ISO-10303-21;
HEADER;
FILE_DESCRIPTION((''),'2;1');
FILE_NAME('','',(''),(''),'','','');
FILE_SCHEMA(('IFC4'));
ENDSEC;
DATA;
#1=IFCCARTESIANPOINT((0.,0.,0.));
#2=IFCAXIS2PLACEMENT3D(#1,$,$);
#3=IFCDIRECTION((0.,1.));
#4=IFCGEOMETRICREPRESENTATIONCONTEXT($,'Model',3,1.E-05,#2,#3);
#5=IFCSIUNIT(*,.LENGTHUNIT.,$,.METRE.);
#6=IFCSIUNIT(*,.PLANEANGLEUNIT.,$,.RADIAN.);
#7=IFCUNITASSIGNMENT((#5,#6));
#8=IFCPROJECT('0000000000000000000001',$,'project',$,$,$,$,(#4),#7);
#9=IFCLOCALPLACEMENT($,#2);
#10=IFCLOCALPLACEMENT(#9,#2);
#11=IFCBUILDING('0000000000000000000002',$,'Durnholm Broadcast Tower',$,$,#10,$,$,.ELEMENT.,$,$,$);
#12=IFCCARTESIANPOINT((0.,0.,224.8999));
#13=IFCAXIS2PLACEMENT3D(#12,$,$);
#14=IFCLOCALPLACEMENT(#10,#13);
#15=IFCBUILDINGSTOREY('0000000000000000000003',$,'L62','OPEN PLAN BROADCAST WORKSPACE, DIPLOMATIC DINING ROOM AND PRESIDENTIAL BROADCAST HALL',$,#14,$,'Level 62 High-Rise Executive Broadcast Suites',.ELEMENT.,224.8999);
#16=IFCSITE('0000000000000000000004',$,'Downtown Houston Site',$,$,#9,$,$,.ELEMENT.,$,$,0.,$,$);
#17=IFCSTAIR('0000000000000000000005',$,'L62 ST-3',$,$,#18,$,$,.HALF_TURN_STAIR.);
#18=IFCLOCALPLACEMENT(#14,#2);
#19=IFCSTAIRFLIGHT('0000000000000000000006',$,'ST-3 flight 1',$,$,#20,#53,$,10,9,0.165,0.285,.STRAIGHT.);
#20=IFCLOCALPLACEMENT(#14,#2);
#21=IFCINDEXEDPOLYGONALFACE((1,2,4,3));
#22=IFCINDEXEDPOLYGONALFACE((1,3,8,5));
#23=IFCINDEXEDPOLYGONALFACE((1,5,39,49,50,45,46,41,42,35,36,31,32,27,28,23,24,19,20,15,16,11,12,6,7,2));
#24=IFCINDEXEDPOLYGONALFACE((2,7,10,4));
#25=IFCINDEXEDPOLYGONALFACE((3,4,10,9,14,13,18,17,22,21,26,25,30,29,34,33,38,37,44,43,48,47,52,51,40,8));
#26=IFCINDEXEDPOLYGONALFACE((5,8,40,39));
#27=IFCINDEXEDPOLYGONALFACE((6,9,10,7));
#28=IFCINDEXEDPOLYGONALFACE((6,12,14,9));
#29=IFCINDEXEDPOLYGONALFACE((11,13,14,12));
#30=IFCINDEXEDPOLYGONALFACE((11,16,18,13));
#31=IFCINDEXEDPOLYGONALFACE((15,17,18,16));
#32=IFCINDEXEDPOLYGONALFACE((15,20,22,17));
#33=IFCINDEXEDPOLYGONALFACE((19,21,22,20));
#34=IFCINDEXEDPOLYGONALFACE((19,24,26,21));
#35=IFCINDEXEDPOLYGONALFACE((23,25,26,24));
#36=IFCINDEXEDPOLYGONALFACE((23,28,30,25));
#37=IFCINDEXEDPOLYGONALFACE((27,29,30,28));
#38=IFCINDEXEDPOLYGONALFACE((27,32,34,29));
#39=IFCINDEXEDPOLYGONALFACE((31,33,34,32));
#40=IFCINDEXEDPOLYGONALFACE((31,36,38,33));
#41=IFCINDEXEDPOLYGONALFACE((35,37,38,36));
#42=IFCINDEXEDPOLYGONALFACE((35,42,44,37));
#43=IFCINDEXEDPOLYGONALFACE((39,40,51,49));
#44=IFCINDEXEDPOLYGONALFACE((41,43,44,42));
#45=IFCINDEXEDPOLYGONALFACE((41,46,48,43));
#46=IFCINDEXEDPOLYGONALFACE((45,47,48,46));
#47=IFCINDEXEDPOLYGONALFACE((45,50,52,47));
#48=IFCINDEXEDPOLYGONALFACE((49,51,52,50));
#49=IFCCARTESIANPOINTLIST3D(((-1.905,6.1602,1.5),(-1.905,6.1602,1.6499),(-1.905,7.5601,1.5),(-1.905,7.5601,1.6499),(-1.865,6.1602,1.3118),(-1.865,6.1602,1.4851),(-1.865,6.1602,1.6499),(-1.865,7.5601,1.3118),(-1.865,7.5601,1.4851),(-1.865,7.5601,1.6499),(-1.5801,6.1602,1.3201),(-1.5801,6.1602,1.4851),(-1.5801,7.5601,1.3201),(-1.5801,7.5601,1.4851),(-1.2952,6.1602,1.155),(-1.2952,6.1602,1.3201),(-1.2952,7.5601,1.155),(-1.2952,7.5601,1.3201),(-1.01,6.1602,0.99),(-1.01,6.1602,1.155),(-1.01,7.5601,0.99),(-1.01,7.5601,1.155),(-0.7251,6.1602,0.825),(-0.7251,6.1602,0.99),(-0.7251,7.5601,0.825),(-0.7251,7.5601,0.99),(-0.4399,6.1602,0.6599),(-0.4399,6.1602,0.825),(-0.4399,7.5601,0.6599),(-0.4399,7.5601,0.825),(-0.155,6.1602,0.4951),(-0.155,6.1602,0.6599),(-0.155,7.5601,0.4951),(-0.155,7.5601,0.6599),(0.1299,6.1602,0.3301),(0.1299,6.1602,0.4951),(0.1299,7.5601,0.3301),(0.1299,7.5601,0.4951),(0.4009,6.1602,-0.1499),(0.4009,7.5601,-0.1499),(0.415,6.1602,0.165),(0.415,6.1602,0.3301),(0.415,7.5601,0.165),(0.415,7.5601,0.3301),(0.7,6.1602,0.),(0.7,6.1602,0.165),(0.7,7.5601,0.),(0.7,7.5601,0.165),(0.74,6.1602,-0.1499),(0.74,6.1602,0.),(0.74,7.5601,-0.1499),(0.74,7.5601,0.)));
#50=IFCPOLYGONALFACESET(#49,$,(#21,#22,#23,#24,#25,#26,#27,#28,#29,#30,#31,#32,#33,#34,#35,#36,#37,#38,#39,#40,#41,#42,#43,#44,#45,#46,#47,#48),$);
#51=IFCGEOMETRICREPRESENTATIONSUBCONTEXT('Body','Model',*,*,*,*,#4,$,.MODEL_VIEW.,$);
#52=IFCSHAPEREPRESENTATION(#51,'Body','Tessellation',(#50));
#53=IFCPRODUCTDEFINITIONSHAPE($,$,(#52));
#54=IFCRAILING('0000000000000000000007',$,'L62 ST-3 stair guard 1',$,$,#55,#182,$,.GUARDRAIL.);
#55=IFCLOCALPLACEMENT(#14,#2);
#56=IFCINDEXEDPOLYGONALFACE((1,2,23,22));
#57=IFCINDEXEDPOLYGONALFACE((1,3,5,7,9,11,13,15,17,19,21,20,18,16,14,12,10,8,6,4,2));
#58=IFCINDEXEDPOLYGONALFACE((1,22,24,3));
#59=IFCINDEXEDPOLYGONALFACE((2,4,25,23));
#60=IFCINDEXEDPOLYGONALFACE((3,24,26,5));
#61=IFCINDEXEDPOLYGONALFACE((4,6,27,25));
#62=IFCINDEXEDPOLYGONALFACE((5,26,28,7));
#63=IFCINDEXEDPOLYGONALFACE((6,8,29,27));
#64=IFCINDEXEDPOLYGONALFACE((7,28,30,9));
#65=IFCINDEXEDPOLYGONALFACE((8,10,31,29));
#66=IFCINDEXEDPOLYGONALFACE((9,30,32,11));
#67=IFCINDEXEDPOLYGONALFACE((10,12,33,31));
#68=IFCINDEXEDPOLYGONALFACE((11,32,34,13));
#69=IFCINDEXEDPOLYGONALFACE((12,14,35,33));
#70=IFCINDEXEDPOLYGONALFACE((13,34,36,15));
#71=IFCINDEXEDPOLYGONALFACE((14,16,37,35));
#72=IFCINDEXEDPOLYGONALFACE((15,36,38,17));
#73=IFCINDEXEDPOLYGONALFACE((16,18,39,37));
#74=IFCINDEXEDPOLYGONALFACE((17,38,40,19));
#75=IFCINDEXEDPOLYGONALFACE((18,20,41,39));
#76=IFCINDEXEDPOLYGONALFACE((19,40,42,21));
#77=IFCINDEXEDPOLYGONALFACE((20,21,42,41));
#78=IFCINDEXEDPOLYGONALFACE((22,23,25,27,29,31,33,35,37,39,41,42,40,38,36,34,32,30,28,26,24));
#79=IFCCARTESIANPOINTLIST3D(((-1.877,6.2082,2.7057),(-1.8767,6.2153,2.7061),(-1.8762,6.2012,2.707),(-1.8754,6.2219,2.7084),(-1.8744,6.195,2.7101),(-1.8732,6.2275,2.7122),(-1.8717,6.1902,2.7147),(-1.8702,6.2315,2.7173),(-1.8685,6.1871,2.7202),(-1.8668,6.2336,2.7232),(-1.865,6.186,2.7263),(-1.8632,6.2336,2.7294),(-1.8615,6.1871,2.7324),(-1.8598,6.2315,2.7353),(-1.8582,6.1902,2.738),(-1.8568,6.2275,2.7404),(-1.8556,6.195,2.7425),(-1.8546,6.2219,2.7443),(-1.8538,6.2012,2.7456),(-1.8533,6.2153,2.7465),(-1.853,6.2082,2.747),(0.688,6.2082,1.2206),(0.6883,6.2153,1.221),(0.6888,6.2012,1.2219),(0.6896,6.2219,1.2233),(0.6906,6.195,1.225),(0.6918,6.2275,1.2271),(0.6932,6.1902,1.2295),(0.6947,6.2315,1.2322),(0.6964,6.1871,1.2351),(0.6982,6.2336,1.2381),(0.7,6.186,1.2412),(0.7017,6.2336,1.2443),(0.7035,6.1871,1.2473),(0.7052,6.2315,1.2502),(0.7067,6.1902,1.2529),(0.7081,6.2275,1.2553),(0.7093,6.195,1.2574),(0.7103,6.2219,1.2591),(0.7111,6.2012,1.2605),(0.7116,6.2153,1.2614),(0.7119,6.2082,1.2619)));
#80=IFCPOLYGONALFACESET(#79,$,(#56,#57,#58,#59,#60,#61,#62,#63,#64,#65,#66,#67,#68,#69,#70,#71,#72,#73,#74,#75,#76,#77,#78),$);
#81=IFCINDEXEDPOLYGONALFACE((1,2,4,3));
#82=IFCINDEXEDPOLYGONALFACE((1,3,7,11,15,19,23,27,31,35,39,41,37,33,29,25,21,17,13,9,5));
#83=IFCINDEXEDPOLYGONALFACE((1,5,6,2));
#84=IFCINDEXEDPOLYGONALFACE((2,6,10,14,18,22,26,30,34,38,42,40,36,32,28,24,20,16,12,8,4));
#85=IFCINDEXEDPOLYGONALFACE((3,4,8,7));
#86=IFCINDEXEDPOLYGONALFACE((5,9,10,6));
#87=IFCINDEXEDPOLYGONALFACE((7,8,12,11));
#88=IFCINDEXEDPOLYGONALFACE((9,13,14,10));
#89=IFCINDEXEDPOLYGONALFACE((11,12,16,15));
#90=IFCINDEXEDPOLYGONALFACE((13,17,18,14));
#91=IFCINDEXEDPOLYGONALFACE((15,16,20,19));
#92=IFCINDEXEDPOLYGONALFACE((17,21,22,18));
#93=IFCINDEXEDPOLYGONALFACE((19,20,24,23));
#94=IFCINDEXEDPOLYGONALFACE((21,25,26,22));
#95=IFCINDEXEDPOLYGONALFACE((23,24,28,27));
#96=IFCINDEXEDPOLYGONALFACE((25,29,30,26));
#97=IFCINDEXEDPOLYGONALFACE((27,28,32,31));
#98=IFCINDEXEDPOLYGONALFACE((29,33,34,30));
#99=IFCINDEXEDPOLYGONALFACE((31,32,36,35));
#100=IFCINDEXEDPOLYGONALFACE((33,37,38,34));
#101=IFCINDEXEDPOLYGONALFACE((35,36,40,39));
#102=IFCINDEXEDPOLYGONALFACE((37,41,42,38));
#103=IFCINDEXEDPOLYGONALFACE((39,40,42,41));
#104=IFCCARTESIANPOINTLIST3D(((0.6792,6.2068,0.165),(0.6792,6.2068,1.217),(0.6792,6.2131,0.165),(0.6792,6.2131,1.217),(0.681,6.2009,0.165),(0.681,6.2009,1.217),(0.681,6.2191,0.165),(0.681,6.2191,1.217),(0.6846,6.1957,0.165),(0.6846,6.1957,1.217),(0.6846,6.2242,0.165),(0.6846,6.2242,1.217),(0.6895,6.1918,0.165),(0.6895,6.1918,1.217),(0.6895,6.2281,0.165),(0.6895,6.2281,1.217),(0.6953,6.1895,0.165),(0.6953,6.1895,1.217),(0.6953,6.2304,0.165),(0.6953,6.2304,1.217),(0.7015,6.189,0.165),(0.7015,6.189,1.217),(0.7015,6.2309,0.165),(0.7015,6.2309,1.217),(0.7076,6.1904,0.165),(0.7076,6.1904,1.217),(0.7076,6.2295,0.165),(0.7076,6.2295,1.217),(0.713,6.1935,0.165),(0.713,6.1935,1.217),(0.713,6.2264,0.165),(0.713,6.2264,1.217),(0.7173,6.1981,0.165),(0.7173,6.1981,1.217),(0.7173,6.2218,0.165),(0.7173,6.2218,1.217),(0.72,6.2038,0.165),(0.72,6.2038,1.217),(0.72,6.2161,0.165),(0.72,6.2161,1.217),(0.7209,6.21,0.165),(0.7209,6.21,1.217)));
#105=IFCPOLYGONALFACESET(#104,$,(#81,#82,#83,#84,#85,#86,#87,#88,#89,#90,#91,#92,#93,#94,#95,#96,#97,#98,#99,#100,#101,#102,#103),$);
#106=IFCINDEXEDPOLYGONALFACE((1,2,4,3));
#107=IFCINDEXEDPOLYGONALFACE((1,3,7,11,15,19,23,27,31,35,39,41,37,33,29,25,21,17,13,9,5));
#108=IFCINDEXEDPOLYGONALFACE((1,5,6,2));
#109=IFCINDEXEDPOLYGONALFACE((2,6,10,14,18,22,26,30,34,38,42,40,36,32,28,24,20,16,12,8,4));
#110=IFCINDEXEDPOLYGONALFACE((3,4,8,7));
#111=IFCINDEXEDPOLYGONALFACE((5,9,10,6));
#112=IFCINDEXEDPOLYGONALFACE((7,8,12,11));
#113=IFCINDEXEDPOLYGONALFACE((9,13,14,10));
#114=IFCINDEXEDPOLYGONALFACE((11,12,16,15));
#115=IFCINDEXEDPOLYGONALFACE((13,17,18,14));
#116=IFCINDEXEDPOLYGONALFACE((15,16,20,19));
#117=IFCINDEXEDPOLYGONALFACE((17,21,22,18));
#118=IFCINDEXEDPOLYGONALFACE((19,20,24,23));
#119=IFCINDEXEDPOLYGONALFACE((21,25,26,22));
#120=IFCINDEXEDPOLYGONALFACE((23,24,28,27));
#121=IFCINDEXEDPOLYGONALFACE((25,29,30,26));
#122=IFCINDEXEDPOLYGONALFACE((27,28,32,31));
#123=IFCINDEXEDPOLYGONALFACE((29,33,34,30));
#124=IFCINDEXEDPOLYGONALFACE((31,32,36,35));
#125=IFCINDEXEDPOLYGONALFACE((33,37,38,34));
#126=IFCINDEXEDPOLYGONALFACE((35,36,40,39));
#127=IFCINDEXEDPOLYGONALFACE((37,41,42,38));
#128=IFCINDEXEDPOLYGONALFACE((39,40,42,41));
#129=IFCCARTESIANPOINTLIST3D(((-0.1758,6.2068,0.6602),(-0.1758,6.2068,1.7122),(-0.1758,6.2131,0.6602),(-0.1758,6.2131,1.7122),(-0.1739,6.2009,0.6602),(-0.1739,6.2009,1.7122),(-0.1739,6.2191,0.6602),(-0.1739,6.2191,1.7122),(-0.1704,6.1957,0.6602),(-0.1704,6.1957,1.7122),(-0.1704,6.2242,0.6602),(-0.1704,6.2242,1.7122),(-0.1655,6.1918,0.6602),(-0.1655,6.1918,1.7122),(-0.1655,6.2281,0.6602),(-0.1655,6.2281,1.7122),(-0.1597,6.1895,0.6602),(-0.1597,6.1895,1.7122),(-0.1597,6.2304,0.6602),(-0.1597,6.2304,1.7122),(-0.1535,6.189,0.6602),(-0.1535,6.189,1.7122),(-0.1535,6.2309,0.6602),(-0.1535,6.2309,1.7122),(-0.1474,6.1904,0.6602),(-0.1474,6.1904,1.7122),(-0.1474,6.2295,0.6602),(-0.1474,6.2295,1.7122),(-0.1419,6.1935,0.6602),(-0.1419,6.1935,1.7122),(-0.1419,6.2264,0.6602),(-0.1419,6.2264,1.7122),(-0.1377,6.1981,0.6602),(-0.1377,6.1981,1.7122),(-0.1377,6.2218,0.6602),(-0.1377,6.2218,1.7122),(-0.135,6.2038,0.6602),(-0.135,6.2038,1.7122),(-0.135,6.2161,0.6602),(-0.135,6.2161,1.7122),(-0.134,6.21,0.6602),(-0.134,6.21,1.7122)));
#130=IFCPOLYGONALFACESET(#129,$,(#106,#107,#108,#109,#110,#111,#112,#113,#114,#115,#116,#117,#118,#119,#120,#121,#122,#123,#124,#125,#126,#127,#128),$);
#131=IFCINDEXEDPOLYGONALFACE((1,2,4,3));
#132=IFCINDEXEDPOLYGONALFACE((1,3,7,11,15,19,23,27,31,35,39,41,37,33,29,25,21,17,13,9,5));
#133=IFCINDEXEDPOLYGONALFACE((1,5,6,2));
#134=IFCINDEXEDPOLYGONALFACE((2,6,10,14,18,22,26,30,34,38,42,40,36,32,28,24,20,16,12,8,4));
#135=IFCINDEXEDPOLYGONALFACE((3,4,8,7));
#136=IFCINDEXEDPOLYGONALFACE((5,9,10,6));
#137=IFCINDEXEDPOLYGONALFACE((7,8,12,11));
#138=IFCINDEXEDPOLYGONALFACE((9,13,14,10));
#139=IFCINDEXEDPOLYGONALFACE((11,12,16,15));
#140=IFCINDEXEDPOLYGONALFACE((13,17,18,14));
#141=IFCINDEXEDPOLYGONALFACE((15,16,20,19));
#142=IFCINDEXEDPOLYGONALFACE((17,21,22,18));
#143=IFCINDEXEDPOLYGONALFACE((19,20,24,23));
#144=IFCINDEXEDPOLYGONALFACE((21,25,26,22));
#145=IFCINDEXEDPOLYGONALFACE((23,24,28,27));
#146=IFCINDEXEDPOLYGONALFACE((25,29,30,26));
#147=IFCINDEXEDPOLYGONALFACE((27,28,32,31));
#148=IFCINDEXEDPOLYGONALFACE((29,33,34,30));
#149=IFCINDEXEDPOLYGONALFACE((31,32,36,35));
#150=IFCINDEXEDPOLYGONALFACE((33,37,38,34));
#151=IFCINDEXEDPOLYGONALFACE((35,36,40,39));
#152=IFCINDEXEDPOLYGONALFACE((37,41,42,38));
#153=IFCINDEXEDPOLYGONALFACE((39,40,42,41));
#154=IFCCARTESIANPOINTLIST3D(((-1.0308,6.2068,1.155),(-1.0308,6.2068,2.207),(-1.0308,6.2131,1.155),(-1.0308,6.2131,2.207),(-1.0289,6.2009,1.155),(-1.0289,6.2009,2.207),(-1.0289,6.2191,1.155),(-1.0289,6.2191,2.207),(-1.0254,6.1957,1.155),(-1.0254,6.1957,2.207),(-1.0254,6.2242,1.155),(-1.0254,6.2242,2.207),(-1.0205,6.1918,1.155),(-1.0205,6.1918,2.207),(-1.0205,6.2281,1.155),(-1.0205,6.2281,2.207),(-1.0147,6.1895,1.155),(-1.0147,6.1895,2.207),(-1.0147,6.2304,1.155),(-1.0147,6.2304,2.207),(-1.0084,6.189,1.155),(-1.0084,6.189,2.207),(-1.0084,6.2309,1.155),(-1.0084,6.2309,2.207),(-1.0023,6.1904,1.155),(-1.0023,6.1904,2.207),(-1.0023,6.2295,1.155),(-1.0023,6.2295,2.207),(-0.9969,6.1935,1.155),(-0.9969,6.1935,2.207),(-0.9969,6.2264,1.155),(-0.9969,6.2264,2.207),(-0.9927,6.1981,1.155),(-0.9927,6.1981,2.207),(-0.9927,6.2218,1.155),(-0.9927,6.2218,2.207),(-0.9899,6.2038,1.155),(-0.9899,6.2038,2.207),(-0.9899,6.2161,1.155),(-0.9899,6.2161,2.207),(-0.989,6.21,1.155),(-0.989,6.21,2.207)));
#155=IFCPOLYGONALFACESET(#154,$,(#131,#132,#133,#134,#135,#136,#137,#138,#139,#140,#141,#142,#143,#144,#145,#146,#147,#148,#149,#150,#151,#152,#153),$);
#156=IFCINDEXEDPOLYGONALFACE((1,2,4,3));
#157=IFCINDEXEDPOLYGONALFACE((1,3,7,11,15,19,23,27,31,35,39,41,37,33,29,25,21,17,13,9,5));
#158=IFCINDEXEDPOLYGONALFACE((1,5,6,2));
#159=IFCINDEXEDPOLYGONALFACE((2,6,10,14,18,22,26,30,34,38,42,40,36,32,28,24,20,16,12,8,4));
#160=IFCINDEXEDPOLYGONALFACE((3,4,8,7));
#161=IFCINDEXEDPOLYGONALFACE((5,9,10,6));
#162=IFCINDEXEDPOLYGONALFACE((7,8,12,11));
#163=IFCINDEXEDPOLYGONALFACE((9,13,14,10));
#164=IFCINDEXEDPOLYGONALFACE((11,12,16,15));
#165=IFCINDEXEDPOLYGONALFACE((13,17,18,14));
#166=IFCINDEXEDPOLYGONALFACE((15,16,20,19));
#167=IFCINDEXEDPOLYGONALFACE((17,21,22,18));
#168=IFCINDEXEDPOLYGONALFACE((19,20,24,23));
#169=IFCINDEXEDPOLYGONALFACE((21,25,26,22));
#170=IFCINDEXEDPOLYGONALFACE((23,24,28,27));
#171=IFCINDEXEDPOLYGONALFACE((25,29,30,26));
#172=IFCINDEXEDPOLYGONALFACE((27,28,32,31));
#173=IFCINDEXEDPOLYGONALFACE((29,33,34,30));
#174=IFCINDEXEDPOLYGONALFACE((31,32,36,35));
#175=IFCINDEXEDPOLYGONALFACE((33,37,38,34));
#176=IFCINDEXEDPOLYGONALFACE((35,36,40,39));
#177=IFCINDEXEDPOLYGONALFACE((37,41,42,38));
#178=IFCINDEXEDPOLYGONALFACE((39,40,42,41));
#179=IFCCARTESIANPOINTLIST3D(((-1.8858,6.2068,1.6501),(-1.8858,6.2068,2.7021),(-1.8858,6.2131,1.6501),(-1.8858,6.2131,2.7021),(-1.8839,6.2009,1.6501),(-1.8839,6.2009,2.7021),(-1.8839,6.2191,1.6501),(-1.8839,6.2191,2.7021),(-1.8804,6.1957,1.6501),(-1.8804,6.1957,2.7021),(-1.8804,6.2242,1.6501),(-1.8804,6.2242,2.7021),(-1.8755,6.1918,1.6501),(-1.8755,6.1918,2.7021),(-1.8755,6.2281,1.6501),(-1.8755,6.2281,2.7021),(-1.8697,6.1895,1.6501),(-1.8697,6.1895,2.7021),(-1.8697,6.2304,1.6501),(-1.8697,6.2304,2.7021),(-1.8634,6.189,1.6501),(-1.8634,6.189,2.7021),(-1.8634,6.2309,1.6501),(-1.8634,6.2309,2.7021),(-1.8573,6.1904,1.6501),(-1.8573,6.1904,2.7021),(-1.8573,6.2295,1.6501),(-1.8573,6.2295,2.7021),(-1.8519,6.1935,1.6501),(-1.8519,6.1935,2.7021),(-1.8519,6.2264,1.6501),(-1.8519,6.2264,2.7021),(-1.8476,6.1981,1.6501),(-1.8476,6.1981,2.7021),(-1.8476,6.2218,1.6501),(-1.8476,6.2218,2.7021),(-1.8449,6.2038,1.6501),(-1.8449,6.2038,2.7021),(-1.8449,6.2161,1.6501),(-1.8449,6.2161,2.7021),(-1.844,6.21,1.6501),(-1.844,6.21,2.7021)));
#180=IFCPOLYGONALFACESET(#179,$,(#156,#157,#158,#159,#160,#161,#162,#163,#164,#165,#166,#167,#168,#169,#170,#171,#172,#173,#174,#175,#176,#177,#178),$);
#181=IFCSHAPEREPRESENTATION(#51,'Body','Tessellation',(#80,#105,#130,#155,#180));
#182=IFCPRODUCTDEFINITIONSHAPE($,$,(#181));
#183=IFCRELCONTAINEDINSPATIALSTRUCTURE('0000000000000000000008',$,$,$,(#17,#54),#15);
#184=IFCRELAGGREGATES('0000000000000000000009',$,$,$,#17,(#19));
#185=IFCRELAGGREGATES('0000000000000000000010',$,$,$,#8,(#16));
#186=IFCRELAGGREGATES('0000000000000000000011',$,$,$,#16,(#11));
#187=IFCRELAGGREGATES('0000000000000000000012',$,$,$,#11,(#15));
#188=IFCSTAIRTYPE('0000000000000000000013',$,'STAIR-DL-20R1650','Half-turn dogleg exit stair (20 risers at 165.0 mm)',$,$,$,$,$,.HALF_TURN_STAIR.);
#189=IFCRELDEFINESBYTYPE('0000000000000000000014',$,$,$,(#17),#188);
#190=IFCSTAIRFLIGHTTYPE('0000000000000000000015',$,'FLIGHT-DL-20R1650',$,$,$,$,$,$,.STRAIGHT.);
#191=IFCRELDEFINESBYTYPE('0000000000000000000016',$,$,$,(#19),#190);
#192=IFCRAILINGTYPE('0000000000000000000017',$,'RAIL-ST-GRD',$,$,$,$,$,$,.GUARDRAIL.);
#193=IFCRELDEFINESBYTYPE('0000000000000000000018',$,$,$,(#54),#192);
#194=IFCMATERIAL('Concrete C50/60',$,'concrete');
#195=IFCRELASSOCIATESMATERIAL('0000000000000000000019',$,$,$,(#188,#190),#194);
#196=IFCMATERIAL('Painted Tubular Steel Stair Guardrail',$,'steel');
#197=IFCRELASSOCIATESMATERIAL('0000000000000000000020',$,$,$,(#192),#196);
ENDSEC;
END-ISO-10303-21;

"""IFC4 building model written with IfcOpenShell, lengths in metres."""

from ifc_helpers import new_model, si_unit, direction, frame, origin, origin_2d, place, context, subcontext, project, spatial, polyline, circle, outline, extrude, material, type_object, element, aggregate, save


model = new_model("IFC4")

# Units and contexts
model_context = context("Model", 3, precision=1e-05, world=origin(), true_north=direction((0.0, 1.0)))
body_context = subcontext(model_context, "Body", "Model", "MODEL_VIEW")
ifc_project = project(units=[si_unit("LENGTHUNIT", "METRE"), si_unit("PLANEANGLEUNIT", "RADIAN")], contexts=[model_context])

# Site, building, storey
site_placement = place(None, origin())
site = spatial("IfcSite", under=ifc_project, at=site_placement, Name="Downtown Houston Site", CompositionType="ELEMENT", RefElevation=0.0)
building_placement = place(site_placement, origin())
building = spatial("IfcBuilding", under=site, at=building_placement, Name="Durnholm Broadcast Tower", CompositionType="ELEMENT")
storey_placement = place(building_placement, frame((0.0, 0.0, 224.8999)))
storey = spatial("IfcBuildingStorey", under=building, at=storey_placement, Name="L62", Description="OPEN PLAN BROADCAST WORKSPACE, DIPLOMATIC DINING ROOM AND PRESIDENTIAL BROADCAST HALL", LongName="Level 62 High-Rise Executive Broadcast Suites", CompositionType="ELEMENT", Elevation=224.8999)

# Stair
ifc_material_1 = material(Name="Concrete C50/60", Category="concrete")
stair_type = type_object("IfcStairType", Name="STAIR-DL-20R1650", Description="Half-turn dogleg exit stair (20 risers at 165.0 mm)", PredefinedType="HALF_TURN_STAIR", material=ifc_material_1)
stair_placement = place(storey_placement, origin())
stair = element("IfcStair", 1, at=stair_placement, inside=storey, type_object=stair_type, Name="L62 ST-3", PredefinedType="HALF_TURN_STAIR")

# Stair flight
stair_flight_type = type_object("IfcStairFlightType", Name="FLIGHT-DL-20R1650", PredefinedType="STRAIGHT", material=ifc_material_1)
stair_flight_placement = place(storey_placement, frame((0.7, 6.8601, 0.0), z_axis=(0.0, 0.0, 1.0), x_axis=(-1.0, 0.0, 0.0)))
stair_flight = element("IfcStairFlight", 2, at=stair_flight_placement, type_object=stair_flight_type, Name="ST-3 flight 1", NumberOfRisers=10, NumberOfTreads=9, PredefinedType="STRAIGHT", RiserHeight=0.165, TreadLength=0.285, context=body_context, shape_type="SweptSolid", body=[
    extrude(outline(polyline([(-0.04, -0.1499), (-0.04, 0.0), (0.0, 0.0), (0.0, 0.165), (0.2849, 0.165), (0.2849, 0.3301), (0.5701, 0.3301), (0.5701, 0.4951), (0.855, 0.4951), (0.855, 0.6599), (1.1399, 0.6599), (1.1399, 0.825), (1.425, 0.825), (1.425, 0.99), (1.71, 0.99), (1.71, 1.155), (1.9951, 1.155), (1.9951, 1.3201), (2.28, 1.3201), (2.28, 1.4851), (2.5649, 1.4851), (2.5649, 1.6499), (2.605, 1.6499), (2.605, 1.5), (2.5649, 1.3118), (0.2991, -0.1499), (-0.04, -0.1499)])), frame((0.0, 0.7, 0.0), z_axis=(0.0, -1.0, 0.0), x_axis=(1.0, 0.0, 0.0)), (0.0, 0.0, 1.0), 1.3999),
])
aggregate(stair, [stair_flight])

# Railing
ifc_material_2 = material(Name="Painted Tubular Steel Stair Guardrail", Category="steel")
railing_type_1 = type_object("IfcRailingType", Name="RAIL-ST-GRD", PredefinedType="GUARDRAIL", material=ifc_material_2)
railing_1_placement = place(storey_placement, frame((0.7, 6.21, 0.165)))
element("IfcRailing", 3, at=railing_1_placement, inside=storey, type_object=railing_type_1, Name="L62 ST-3 stair guard 1", PredefinedType="GUARDRAIL", context=body_context, shape_type="SweptSolid", body=[
    extrude(circle(Radius=0.0239, at=origin_2d()), frame((0.0, 0.0, 1.0762), z_axis=(-0.865406, 0.0, 0.501072), x_axis=(0.0, -1.0, 0.0)), (0.0, 0.0, 1.0), 2.9639),
    extrude(circle(Radius=0.021, at=origin_2d()), origin(), (0.0, 0.0, 1.0), 1.052),
    extrude(circle(Radius=0.021, at=origin_2d()), frame((-0.855, 0.0, 0.4951)), (0.0, 0.0, 1.0), 1.052),
    extrude(circle(Radius=0.021, at=origin_2d()), frame((-1.71, 0.0, 0.99)), (0.0, 0.0, 1.0), 1.052),
    extrude(circle(Radius=0.021, at=origin_2d()), frame((-2.5649, 0.0, 1.4851)), (0.0, 0.0, 1.0), 1.052),
])

save(model, "model.ifc")
